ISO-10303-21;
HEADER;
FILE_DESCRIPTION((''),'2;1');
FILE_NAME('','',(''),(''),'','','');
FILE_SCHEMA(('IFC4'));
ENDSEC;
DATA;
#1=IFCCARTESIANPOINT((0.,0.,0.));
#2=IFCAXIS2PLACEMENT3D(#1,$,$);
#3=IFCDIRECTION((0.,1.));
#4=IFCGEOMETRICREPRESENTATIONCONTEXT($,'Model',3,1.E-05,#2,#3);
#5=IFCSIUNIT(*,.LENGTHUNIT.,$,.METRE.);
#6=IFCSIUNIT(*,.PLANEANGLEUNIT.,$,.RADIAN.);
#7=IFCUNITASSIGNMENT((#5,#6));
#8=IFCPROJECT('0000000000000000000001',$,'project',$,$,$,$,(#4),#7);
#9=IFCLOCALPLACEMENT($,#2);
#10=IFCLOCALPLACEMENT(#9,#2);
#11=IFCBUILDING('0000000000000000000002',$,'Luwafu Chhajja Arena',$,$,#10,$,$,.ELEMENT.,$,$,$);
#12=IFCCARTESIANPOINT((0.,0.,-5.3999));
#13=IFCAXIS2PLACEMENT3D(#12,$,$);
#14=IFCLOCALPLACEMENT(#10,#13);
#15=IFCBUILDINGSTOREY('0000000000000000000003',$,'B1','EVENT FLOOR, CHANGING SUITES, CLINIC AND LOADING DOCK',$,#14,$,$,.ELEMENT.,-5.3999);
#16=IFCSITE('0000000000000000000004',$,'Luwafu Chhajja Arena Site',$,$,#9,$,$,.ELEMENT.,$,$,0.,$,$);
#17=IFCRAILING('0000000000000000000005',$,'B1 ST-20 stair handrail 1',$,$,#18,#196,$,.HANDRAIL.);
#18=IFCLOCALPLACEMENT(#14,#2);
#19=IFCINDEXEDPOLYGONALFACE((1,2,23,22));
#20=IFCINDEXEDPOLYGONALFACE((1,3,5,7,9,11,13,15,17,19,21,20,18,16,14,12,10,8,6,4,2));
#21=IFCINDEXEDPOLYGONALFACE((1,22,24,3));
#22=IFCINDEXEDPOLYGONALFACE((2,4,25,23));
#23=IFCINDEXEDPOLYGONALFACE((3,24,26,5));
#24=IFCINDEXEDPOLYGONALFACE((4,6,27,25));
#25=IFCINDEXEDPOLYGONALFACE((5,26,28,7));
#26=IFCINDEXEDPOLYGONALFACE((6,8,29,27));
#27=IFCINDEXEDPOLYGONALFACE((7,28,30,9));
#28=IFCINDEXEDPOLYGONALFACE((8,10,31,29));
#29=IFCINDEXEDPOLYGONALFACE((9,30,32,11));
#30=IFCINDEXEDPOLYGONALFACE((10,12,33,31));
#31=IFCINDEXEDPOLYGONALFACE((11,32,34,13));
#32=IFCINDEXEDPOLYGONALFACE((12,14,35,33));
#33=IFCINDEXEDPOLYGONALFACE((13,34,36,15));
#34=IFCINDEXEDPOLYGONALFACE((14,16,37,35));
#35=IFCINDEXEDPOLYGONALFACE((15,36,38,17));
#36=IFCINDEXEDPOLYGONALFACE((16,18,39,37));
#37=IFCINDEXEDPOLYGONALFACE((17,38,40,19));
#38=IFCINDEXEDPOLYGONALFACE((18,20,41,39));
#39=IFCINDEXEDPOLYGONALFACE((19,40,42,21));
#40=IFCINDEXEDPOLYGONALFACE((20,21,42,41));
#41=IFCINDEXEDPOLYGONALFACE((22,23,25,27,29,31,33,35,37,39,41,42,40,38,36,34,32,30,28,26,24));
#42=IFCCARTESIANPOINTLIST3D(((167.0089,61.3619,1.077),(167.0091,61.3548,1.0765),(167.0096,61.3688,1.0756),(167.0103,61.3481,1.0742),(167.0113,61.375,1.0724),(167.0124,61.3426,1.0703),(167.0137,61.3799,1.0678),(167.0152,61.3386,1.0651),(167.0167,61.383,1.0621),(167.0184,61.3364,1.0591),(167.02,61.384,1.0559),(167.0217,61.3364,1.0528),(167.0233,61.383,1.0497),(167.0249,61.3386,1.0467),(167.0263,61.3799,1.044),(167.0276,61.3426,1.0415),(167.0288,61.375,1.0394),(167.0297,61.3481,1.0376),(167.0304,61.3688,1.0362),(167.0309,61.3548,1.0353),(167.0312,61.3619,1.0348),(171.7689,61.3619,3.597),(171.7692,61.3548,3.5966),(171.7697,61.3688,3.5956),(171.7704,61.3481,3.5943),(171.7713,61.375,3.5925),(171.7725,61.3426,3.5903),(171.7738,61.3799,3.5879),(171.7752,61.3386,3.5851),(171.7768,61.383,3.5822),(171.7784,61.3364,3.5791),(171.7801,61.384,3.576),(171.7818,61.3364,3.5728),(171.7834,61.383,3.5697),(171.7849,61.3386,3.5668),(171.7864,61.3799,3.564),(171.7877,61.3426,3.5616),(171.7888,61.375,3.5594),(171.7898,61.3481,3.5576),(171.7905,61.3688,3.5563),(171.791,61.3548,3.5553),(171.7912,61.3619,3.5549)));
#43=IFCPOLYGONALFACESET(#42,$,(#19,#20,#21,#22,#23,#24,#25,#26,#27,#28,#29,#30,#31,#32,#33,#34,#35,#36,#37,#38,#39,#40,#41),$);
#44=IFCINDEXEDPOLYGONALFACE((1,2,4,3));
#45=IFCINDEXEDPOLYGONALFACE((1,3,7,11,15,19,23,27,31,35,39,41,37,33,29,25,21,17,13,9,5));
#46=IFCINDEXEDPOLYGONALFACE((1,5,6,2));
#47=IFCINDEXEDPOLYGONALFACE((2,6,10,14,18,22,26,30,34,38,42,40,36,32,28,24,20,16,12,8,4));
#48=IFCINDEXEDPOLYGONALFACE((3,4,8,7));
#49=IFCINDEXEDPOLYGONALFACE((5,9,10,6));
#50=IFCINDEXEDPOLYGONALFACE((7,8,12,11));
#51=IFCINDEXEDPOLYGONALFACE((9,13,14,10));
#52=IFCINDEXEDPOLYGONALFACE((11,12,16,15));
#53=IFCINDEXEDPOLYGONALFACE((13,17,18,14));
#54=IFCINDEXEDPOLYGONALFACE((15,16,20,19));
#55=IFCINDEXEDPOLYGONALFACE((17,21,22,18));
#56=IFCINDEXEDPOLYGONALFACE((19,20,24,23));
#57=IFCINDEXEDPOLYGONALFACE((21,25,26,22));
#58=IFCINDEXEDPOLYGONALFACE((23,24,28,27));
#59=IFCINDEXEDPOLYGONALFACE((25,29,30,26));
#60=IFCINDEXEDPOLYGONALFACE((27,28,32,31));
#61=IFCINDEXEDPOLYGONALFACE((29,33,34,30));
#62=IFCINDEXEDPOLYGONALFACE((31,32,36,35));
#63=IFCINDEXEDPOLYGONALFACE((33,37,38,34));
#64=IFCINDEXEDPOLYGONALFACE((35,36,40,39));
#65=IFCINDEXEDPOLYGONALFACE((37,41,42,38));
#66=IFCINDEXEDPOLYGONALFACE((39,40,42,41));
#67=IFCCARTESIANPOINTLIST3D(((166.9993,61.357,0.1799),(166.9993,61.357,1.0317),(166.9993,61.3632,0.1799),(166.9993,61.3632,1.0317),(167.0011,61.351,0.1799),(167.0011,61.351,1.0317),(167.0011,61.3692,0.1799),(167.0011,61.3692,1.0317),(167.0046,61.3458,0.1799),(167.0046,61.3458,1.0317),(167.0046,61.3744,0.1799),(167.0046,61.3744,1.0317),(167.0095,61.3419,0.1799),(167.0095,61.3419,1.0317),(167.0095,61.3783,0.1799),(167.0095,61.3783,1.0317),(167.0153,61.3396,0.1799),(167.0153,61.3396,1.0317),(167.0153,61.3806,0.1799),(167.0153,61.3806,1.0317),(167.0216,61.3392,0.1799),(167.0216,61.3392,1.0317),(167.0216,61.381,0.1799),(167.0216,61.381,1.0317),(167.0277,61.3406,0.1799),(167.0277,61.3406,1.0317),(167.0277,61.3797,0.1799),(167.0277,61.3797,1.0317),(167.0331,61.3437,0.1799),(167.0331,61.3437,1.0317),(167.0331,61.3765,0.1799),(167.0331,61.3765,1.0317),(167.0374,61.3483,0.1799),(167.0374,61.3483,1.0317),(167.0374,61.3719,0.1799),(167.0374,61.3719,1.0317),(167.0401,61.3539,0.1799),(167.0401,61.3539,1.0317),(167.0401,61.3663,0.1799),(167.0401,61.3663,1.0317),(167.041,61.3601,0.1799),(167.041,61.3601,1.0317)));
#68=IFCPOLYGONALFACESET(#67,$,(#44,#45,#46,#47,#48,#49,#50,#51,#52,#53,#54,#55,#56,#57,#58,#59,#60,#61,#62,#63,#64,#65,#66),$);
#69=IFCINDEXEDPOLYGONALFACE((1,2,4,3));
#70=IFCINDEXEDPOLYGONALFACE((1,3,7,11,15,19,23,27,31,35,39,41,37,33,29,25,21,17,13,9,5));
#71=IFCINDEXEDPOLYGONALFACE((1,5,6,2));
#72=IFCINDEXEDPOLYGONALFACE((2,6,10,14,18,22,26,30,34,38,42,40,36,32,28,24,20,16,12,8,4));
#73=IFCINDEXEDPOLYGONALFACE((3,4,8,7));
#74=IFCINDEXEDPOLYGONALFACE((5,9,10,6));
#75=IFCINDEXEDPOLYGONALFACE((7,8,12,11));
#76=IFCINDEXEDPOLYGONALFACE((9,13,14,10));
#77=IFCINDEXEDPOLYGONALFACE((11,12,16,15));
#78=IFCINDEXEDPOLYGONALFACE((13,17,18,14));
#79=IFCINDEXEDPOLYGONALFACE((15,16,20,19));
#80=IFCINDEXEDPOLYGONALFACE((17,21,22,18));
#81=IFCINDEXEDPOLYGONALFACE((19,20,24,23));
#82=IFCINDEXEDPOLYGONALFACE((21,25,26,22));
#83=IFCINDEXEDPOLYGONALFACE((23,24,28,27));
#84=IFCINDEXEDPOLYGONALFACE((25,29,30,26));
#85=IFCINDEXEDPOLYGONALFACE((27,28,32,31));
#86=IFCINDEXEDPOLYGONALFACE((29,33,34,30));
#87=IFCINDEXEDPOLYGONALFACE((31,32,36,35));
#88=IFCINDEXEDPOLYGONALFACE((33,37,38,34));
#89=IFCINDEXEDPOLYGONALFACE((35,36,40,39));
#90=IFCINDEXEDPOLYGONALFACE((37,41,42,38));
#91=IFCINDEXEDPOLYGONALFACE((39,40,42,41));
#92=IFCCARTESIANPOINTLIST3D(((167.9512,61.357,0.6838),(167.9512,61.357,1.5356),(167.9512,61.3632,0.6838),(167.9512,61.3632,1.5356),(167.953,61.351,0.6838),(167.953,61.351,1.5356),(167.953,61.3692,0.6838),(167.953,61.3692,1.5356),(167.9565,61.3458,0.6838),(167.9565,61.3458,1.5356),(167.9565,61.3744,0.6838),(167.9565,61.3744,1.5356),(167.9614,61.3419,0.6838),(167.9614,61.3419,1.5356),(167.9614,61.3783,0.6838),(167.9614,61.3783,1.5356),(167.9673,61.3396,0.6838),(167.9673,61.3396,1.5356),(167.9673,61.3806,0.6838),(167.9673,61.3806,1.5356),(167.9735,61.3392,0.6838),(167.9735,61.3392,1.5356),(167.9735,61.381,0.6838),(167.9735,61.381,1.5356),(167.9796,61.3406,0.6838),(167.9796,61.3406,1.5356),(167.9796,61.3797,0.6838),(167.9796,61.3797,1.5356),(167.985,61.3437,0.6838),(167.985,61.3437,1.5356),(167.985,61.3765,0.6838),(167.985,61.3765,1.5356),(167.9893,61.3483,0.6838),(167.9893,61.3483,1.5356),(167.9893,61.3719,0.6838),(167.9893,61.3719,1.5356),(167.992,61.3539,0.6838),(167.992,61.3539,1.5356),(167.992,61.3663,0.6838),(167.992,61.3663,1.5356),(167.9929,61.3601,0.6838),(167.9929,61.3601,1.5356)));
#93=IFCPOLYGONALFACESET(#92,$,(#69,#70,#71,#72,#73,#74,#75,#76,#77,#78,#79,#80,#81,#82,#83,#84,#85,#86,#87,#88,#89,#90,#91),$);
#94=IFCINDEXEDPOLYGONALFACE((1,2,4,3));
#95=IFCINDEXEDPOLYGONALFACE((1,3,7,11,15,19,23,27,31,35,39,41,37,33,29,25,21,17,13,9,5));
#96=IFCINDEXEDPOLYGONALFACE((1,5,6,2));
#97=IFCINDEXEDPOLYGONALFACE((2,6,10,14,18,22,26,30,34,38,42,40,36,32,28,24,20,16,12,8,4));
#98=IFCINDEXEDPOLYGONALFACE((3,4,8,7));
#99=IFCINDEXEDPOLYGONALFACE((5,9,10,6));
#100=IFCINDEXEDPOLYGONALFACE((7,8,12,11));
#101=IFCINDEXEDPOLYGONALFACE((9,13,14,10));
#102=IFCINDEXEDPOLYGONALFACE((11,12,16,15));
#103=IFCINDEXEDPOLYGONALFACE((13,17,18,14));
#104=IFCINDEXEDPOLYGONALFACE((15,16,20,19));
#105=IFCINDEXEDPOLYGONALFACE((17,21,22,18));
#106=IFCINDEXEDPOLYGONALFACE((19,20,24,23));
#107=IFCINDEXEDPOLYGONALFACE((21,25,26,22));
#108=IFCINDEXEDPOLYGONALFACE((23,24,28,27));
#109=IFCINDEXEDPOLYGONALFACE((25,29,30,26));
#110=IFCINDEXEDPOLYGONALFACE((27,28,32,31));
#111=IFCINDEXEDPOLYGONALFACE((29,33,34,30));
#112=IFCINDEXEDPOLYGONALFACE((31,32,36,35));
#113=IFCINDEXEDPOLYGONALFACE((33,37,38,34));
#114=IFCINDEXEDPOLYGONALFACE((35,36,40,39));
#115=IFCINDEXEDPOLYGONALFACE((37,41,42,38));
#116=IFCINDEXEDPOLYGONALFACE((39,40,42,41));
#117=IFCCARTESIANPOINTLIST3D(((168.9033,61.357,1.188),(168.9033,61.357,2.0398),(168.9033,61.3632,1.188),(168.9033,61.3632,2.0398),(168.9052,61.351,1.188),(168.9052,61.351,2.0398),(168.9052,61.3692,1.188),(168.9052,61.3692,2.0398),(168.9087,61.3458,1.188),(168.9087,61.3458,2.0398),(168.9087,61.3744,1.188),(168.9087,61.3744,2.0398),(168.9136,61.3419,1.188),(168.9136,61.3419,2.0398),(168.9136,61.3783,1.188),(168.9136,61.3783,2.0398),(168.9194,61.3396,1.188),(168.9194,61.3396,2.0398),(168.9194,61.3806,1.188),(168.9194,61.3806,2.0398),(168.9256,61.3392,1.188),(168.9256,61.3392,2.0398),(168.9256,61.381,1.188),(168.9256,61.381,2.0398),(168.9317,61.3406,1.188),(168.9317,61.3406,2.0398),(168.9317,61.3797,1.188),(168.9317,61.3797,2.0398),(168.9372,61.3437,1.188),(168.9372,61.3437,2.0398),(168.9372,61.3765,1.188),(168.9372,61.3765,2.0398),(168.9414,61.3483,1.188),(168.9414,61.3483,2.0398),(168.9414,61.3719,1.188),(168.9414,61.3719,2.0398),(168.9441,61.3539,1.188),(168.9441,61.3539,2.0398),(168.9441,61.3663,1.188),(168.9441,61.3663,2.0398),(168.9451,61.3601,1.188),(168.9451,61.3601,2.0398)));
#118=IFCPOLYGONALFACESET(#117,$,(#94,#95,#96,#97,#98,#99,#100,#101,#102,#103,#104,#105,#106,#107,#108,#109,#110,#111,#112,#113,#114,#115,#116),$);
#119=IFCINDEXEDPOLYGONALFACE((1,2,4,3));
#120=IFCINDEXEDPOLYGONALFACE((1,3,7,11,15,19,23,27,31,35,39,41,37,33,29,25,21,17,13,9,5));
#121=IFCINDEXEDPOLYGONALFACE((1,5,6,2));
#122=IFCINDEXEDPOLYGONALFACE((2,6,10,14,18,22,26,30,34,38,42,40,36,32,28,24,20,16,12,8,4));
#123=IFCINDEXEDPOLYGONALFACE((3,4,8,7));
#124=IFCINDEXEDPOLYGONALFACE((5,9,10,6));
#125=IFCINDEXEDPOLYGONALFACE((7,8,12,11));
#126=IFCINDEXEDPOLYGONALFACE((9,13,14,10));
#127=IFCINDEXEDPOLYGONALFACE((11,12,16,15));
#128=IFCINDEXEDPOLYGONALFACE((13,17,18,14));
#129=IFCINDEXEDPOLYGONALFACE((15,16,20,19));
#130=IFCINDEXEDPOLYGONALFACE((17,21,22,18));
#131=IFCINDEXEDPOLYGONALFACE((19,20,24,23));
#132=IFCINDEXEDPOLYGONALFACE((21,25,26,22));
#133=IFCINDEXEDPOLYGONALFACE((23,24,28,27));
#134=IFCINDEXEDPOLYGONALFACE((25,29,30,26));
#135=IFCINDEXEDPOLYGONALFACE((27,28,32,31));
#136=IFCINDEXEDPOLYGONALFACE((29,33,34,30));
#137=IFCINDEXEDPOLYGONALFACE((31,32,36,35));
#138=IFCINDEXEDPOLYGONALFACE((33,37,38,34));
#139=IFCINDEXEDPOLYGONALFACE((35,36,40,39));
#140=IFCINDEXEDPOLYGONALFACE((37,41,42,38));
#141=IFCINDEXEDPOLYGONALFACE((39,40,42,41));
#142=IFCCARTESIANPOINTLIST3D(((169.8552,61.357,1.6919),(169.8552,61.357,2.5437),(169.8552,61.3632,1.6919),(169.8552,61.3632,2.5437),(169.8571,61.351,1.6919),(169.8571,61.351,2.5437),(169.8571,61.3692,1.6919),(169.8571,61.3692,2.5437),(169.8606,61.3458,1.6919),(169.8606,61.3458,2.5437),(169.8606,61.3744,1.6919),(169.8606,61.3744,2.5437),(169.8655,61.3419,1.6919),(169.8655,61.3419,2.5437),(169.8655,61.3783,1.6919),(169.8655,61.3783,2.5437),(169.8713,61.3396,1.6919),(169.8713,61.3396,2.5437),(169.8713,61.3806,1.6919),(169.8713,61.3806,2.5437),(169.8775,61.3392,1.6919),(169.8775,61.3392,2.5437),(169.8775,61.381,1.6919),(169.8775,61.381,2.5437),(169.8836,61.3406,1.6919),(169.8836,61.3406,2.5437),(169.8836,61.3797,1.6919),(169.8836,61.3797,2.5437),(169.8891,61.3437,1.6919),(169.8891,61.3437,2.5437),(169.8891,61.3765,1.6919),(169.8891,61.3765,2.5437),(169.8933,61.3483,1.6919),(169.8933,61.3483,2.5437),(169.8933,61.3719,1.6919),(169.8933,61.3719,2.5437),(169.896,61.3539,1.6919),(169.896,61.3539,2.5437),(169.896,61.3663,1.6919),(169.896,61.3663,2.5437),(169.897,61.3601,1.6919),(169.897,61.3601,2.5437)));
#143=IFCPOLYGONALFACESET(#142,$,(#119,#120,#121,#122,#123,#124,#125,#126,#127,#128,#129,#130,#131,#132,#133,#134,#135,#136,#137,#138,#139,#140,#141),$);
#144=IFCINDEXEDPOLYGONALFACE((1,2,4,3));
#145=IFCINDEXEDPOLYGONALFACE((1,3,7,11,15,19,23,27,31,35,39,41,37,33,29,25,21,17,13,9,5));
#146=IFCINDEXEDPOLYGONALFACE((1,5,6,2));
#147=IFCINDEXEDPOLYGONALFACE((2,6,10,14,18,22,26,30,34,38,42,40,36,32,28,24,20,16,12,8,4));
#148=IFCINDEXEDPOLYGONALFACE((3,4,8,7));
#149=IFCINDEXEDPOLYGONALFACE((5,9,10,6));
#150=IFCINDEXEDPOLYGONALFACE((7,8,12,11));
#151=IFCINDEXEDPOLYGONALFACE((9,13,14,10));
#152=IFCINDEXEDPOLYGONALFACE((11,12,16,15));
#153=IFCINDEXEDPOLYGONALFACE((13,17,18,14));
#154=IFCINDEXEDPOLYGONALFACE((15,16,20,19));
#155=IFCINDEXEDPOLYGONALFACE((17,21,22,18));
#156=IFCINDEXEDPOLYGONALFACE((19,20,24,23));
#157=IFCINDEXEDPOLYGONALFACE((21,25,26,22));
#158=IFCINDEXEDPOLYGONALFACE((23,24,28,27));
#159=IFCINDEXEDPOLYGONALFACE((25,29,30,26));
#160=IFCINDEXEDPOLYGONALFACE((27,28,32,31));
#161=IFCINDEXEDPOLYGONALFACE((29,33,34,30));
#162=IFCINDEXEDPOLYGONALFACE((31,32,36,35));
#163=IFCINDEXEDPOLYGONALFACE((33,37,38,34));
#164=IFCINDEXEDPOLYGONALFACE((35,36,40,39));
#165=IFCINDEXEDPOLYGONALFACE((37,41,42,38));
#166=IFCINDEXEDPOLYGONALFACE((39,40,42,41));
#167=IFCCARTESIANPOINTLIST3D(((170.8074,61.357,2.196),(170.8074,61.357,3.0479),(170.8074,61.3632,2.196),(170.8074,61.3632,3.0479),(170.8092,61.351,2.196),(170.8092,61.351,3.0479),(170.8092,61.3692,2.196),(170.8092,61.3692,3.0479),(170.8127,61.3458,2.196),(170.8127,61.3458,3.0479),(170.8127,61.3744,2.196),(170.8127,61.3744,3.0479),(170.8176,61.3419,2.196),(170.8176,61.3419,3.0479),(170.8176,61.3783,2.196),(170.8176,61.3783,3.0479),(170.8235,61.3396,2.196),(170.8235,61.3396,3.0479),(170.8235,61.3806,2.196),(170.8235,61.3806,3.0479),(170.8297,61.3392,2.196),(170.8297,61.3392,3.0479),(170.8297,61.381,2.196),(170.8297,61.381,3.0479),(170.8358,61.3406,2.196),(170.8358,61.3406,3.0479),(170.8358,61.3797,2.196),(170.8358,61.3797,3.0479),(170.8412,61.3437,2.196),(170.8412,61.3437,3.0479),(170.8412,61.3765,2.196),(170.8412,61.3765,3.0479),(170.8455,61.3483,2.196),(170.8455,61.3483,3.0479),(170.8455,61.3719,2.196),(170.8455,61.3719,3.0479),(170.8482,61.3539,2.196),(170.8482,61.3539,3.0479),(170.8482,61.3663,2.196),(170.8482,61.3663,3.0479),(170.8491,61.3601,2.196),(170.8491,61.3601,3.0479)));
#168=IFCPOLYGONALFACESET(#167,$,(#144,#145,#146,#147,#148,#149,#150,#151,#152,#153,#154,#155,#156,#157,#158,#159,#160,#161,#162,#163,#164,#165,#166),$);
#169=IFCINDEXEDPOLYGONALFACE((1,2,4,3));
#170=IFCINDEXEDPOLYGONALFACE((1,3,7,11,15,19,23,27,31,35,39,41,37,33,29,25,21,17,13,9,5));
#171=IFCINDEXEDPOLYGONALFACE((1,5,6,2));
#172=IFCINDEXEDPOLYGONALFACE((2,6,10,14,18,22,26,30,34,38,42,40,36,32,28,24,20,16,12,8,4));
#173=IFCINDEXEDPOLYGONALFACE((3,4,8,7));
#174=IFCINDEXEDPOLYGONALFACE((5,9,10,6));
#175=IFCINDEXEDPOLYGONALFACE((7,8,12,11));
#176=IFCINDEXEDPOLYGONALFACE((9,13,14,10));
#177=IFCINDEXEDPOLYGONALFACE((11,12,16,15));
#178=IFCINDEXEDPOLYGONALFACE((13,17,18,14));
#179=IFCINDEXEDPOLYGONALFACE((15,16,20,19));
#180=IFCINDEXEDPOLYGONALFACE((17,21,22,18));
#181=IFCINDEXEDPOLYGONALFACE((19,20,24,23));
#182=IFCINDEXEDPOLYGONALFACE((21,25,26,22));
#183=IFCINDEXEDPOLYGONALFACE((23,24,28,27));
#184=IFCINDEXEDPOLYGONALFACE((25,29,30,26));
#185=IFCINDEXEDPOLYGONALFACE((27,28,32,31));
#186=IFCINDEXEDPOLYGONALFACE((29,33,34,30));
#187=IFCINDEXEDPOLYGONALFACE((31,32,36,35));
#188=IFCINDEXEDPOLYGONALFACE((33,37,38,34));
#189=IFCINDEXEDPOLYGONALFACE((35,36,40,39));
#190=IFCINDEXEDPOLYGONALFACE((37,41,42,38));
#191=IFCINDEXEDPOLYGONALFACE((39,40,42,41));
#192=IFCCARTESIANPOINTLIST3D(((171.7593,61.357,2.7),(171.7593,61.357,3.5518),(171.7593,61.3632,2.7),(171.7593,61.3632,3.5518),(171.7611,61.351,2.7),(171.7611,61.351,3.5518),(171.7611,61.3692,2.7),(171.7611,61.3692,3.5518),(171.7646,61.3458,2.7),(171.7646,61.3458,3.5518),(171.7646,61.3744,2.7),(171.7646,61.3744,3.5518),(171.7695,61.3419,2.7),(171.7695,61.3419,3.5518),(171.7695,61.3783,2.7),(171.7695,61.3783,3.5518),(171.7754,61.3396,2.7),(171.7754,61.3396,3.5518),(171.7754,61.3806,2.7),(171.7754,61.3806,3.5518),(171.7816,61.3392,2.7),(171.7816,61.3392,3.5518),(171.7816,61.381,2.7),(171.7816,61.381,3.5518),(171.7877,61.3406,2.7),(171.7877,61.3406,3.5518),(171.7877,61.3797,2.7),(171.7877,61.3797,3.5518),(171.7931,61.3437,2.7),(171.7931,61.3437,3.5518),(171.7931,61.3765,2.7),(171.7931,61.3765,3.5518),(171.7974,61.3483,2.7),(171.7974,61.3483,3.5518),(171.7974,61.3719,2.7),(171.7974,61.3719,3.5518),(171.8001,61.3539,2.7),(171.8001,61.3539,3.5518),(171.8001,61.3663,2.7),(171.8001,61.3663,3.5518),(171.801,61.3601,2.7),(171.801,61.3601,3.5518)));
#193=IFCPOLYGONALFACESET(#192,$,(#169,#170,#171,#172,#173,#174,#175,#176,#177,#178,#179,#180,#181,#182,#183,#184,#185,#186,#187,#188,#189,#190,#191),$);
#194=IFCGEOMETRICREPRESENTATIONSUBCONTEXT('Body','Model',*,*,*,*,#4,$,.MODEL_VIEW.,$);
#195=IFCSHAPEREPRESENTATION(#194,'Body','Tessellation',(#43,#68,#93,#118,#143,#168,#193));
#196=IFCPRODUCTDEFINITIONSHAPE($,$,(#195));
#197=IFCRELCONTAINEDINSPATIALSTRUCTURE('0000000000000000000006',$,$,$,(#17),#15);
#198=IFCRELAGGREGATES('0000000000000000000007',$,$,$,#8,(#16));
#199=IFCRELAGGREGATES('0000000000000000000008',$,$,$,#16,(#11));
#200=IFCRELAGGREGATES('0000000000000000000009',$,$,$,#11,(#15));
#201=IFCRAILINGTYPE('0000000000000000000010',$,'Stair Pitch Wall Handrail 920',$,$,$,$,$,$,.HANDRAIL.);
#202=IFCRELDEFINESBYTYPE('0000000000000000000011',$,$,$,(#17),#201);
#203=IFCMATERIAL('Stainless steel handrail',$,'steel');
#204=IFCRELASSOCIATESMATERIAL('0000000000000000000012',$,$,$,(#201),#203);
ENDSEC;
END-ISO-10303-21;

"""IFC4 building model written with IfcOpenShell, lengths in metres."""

from ifc_helpers import new_model, si_unit, direction, frame, origin, origin_2d, place, context, subcontext, project, spatial, circle, extrude, material, type_object, element, save


model = new_model("IFC4")

# Units and contexts
model_context = context("Model", 3, precision=1e-05, world=origin(), true_north=direction((0.0, 1.0)))
body_context = subcontext(model_context, "Body", "Model", "MODEL_VIEW")
ifc_project = project(units=[si_unit("LENGTHUNIT", "METRE"), si_unit("PLANEANGLEUNIT", "RADIAN")], contexts=[model_context])

# Site, building, storey
site_placement = place(None, origin())
site = spatial("IfcSite", under=ifc_project, at=site_placement, Name="Luwafu Chhajja Arena Site", CompositionType="ELEMENT", RefElevation=0.0)
building_placement = place(site_placement, origin())
building = spatial("IfcBuilding", under=site, at=building_placement, Name="Luwafu Chhajja Arena", CompositionType="ELEMENT")
storey_placement = place(building_placement, frame((0.0, 0.0, -5.3999)))
storey = spatial("IfcBuildingStorey", under=building, at=storey_placement, Name="B1", Description="EVENT FLOOR, CHANGING SUITES, CLINIC AND LOADING DOCK", CompositionType="ELEMENT", Elevation=-5.3999)

# Railing
ifc_material_1 = material(Name="Stainless steel handrail", Category="steel")
railing_type_1 = type_object("IfcRailingType", Name="Stair Pitch Wall Handrail 920", PredefinedType="HANDRAIL", material=ifc_material_1)
for number, where, name in (
    (1, (167.02, 61.3601, 0.1799), "B1 ST-20 stair handrail 1"),
):
    element("IfcRailing", number, at=place(storey_placement, frame(where)), inside=storey, type_object=railing_type_1, Name=name, PredefinedType="HANDRAIL", context=body_context, shape_type="SweptSolid", body=[
        extrude(circle(Radius=0.0239, at=origin_2d()), frame((0.0, 0.0, 0.876), z_axis=(0.883787, 0.0, 0.46789), x_axis=(0.0, 1.0, 0.0)), (0.0, 0.0, 1.0), 5.386),
        extrude(circle(Radius=0.021, at=origin_2d()), origin(), (0.0, 0.0, 1.0), 0.8518),
        extrude(circle(Radius=0.021, at=origin_2d()), frame((0.9519, 0.0, 0.5039)), (0.0, 0.0, 1.0), 0.8518),
        extrude(circle(Radius=0.021, at=origin_2d()), frame((1.9041, 0.0, 1.0081)), (0.0, 0.0, 1.0), 0.8518),
        extrude(circle(Radius=0.021, at=origin_2d()), frame((2.856, 0.0, 1.512)), (0.0, 0.0, 1.0), 0.8518),
        extrude(circle(Radius=0.021, at=origin_2d()), frame((3.8081, 0.0, 2.0161)), (0.0, 0.0, 1.0), 0.8518),
        extrude(circle(Radius=0.021, at=origin_2d()), frame((4.76, 0.0, 2.52)), (0.0, 0.0, 1.0), 0.8518),
    ])

save(model, "model.ifc")
